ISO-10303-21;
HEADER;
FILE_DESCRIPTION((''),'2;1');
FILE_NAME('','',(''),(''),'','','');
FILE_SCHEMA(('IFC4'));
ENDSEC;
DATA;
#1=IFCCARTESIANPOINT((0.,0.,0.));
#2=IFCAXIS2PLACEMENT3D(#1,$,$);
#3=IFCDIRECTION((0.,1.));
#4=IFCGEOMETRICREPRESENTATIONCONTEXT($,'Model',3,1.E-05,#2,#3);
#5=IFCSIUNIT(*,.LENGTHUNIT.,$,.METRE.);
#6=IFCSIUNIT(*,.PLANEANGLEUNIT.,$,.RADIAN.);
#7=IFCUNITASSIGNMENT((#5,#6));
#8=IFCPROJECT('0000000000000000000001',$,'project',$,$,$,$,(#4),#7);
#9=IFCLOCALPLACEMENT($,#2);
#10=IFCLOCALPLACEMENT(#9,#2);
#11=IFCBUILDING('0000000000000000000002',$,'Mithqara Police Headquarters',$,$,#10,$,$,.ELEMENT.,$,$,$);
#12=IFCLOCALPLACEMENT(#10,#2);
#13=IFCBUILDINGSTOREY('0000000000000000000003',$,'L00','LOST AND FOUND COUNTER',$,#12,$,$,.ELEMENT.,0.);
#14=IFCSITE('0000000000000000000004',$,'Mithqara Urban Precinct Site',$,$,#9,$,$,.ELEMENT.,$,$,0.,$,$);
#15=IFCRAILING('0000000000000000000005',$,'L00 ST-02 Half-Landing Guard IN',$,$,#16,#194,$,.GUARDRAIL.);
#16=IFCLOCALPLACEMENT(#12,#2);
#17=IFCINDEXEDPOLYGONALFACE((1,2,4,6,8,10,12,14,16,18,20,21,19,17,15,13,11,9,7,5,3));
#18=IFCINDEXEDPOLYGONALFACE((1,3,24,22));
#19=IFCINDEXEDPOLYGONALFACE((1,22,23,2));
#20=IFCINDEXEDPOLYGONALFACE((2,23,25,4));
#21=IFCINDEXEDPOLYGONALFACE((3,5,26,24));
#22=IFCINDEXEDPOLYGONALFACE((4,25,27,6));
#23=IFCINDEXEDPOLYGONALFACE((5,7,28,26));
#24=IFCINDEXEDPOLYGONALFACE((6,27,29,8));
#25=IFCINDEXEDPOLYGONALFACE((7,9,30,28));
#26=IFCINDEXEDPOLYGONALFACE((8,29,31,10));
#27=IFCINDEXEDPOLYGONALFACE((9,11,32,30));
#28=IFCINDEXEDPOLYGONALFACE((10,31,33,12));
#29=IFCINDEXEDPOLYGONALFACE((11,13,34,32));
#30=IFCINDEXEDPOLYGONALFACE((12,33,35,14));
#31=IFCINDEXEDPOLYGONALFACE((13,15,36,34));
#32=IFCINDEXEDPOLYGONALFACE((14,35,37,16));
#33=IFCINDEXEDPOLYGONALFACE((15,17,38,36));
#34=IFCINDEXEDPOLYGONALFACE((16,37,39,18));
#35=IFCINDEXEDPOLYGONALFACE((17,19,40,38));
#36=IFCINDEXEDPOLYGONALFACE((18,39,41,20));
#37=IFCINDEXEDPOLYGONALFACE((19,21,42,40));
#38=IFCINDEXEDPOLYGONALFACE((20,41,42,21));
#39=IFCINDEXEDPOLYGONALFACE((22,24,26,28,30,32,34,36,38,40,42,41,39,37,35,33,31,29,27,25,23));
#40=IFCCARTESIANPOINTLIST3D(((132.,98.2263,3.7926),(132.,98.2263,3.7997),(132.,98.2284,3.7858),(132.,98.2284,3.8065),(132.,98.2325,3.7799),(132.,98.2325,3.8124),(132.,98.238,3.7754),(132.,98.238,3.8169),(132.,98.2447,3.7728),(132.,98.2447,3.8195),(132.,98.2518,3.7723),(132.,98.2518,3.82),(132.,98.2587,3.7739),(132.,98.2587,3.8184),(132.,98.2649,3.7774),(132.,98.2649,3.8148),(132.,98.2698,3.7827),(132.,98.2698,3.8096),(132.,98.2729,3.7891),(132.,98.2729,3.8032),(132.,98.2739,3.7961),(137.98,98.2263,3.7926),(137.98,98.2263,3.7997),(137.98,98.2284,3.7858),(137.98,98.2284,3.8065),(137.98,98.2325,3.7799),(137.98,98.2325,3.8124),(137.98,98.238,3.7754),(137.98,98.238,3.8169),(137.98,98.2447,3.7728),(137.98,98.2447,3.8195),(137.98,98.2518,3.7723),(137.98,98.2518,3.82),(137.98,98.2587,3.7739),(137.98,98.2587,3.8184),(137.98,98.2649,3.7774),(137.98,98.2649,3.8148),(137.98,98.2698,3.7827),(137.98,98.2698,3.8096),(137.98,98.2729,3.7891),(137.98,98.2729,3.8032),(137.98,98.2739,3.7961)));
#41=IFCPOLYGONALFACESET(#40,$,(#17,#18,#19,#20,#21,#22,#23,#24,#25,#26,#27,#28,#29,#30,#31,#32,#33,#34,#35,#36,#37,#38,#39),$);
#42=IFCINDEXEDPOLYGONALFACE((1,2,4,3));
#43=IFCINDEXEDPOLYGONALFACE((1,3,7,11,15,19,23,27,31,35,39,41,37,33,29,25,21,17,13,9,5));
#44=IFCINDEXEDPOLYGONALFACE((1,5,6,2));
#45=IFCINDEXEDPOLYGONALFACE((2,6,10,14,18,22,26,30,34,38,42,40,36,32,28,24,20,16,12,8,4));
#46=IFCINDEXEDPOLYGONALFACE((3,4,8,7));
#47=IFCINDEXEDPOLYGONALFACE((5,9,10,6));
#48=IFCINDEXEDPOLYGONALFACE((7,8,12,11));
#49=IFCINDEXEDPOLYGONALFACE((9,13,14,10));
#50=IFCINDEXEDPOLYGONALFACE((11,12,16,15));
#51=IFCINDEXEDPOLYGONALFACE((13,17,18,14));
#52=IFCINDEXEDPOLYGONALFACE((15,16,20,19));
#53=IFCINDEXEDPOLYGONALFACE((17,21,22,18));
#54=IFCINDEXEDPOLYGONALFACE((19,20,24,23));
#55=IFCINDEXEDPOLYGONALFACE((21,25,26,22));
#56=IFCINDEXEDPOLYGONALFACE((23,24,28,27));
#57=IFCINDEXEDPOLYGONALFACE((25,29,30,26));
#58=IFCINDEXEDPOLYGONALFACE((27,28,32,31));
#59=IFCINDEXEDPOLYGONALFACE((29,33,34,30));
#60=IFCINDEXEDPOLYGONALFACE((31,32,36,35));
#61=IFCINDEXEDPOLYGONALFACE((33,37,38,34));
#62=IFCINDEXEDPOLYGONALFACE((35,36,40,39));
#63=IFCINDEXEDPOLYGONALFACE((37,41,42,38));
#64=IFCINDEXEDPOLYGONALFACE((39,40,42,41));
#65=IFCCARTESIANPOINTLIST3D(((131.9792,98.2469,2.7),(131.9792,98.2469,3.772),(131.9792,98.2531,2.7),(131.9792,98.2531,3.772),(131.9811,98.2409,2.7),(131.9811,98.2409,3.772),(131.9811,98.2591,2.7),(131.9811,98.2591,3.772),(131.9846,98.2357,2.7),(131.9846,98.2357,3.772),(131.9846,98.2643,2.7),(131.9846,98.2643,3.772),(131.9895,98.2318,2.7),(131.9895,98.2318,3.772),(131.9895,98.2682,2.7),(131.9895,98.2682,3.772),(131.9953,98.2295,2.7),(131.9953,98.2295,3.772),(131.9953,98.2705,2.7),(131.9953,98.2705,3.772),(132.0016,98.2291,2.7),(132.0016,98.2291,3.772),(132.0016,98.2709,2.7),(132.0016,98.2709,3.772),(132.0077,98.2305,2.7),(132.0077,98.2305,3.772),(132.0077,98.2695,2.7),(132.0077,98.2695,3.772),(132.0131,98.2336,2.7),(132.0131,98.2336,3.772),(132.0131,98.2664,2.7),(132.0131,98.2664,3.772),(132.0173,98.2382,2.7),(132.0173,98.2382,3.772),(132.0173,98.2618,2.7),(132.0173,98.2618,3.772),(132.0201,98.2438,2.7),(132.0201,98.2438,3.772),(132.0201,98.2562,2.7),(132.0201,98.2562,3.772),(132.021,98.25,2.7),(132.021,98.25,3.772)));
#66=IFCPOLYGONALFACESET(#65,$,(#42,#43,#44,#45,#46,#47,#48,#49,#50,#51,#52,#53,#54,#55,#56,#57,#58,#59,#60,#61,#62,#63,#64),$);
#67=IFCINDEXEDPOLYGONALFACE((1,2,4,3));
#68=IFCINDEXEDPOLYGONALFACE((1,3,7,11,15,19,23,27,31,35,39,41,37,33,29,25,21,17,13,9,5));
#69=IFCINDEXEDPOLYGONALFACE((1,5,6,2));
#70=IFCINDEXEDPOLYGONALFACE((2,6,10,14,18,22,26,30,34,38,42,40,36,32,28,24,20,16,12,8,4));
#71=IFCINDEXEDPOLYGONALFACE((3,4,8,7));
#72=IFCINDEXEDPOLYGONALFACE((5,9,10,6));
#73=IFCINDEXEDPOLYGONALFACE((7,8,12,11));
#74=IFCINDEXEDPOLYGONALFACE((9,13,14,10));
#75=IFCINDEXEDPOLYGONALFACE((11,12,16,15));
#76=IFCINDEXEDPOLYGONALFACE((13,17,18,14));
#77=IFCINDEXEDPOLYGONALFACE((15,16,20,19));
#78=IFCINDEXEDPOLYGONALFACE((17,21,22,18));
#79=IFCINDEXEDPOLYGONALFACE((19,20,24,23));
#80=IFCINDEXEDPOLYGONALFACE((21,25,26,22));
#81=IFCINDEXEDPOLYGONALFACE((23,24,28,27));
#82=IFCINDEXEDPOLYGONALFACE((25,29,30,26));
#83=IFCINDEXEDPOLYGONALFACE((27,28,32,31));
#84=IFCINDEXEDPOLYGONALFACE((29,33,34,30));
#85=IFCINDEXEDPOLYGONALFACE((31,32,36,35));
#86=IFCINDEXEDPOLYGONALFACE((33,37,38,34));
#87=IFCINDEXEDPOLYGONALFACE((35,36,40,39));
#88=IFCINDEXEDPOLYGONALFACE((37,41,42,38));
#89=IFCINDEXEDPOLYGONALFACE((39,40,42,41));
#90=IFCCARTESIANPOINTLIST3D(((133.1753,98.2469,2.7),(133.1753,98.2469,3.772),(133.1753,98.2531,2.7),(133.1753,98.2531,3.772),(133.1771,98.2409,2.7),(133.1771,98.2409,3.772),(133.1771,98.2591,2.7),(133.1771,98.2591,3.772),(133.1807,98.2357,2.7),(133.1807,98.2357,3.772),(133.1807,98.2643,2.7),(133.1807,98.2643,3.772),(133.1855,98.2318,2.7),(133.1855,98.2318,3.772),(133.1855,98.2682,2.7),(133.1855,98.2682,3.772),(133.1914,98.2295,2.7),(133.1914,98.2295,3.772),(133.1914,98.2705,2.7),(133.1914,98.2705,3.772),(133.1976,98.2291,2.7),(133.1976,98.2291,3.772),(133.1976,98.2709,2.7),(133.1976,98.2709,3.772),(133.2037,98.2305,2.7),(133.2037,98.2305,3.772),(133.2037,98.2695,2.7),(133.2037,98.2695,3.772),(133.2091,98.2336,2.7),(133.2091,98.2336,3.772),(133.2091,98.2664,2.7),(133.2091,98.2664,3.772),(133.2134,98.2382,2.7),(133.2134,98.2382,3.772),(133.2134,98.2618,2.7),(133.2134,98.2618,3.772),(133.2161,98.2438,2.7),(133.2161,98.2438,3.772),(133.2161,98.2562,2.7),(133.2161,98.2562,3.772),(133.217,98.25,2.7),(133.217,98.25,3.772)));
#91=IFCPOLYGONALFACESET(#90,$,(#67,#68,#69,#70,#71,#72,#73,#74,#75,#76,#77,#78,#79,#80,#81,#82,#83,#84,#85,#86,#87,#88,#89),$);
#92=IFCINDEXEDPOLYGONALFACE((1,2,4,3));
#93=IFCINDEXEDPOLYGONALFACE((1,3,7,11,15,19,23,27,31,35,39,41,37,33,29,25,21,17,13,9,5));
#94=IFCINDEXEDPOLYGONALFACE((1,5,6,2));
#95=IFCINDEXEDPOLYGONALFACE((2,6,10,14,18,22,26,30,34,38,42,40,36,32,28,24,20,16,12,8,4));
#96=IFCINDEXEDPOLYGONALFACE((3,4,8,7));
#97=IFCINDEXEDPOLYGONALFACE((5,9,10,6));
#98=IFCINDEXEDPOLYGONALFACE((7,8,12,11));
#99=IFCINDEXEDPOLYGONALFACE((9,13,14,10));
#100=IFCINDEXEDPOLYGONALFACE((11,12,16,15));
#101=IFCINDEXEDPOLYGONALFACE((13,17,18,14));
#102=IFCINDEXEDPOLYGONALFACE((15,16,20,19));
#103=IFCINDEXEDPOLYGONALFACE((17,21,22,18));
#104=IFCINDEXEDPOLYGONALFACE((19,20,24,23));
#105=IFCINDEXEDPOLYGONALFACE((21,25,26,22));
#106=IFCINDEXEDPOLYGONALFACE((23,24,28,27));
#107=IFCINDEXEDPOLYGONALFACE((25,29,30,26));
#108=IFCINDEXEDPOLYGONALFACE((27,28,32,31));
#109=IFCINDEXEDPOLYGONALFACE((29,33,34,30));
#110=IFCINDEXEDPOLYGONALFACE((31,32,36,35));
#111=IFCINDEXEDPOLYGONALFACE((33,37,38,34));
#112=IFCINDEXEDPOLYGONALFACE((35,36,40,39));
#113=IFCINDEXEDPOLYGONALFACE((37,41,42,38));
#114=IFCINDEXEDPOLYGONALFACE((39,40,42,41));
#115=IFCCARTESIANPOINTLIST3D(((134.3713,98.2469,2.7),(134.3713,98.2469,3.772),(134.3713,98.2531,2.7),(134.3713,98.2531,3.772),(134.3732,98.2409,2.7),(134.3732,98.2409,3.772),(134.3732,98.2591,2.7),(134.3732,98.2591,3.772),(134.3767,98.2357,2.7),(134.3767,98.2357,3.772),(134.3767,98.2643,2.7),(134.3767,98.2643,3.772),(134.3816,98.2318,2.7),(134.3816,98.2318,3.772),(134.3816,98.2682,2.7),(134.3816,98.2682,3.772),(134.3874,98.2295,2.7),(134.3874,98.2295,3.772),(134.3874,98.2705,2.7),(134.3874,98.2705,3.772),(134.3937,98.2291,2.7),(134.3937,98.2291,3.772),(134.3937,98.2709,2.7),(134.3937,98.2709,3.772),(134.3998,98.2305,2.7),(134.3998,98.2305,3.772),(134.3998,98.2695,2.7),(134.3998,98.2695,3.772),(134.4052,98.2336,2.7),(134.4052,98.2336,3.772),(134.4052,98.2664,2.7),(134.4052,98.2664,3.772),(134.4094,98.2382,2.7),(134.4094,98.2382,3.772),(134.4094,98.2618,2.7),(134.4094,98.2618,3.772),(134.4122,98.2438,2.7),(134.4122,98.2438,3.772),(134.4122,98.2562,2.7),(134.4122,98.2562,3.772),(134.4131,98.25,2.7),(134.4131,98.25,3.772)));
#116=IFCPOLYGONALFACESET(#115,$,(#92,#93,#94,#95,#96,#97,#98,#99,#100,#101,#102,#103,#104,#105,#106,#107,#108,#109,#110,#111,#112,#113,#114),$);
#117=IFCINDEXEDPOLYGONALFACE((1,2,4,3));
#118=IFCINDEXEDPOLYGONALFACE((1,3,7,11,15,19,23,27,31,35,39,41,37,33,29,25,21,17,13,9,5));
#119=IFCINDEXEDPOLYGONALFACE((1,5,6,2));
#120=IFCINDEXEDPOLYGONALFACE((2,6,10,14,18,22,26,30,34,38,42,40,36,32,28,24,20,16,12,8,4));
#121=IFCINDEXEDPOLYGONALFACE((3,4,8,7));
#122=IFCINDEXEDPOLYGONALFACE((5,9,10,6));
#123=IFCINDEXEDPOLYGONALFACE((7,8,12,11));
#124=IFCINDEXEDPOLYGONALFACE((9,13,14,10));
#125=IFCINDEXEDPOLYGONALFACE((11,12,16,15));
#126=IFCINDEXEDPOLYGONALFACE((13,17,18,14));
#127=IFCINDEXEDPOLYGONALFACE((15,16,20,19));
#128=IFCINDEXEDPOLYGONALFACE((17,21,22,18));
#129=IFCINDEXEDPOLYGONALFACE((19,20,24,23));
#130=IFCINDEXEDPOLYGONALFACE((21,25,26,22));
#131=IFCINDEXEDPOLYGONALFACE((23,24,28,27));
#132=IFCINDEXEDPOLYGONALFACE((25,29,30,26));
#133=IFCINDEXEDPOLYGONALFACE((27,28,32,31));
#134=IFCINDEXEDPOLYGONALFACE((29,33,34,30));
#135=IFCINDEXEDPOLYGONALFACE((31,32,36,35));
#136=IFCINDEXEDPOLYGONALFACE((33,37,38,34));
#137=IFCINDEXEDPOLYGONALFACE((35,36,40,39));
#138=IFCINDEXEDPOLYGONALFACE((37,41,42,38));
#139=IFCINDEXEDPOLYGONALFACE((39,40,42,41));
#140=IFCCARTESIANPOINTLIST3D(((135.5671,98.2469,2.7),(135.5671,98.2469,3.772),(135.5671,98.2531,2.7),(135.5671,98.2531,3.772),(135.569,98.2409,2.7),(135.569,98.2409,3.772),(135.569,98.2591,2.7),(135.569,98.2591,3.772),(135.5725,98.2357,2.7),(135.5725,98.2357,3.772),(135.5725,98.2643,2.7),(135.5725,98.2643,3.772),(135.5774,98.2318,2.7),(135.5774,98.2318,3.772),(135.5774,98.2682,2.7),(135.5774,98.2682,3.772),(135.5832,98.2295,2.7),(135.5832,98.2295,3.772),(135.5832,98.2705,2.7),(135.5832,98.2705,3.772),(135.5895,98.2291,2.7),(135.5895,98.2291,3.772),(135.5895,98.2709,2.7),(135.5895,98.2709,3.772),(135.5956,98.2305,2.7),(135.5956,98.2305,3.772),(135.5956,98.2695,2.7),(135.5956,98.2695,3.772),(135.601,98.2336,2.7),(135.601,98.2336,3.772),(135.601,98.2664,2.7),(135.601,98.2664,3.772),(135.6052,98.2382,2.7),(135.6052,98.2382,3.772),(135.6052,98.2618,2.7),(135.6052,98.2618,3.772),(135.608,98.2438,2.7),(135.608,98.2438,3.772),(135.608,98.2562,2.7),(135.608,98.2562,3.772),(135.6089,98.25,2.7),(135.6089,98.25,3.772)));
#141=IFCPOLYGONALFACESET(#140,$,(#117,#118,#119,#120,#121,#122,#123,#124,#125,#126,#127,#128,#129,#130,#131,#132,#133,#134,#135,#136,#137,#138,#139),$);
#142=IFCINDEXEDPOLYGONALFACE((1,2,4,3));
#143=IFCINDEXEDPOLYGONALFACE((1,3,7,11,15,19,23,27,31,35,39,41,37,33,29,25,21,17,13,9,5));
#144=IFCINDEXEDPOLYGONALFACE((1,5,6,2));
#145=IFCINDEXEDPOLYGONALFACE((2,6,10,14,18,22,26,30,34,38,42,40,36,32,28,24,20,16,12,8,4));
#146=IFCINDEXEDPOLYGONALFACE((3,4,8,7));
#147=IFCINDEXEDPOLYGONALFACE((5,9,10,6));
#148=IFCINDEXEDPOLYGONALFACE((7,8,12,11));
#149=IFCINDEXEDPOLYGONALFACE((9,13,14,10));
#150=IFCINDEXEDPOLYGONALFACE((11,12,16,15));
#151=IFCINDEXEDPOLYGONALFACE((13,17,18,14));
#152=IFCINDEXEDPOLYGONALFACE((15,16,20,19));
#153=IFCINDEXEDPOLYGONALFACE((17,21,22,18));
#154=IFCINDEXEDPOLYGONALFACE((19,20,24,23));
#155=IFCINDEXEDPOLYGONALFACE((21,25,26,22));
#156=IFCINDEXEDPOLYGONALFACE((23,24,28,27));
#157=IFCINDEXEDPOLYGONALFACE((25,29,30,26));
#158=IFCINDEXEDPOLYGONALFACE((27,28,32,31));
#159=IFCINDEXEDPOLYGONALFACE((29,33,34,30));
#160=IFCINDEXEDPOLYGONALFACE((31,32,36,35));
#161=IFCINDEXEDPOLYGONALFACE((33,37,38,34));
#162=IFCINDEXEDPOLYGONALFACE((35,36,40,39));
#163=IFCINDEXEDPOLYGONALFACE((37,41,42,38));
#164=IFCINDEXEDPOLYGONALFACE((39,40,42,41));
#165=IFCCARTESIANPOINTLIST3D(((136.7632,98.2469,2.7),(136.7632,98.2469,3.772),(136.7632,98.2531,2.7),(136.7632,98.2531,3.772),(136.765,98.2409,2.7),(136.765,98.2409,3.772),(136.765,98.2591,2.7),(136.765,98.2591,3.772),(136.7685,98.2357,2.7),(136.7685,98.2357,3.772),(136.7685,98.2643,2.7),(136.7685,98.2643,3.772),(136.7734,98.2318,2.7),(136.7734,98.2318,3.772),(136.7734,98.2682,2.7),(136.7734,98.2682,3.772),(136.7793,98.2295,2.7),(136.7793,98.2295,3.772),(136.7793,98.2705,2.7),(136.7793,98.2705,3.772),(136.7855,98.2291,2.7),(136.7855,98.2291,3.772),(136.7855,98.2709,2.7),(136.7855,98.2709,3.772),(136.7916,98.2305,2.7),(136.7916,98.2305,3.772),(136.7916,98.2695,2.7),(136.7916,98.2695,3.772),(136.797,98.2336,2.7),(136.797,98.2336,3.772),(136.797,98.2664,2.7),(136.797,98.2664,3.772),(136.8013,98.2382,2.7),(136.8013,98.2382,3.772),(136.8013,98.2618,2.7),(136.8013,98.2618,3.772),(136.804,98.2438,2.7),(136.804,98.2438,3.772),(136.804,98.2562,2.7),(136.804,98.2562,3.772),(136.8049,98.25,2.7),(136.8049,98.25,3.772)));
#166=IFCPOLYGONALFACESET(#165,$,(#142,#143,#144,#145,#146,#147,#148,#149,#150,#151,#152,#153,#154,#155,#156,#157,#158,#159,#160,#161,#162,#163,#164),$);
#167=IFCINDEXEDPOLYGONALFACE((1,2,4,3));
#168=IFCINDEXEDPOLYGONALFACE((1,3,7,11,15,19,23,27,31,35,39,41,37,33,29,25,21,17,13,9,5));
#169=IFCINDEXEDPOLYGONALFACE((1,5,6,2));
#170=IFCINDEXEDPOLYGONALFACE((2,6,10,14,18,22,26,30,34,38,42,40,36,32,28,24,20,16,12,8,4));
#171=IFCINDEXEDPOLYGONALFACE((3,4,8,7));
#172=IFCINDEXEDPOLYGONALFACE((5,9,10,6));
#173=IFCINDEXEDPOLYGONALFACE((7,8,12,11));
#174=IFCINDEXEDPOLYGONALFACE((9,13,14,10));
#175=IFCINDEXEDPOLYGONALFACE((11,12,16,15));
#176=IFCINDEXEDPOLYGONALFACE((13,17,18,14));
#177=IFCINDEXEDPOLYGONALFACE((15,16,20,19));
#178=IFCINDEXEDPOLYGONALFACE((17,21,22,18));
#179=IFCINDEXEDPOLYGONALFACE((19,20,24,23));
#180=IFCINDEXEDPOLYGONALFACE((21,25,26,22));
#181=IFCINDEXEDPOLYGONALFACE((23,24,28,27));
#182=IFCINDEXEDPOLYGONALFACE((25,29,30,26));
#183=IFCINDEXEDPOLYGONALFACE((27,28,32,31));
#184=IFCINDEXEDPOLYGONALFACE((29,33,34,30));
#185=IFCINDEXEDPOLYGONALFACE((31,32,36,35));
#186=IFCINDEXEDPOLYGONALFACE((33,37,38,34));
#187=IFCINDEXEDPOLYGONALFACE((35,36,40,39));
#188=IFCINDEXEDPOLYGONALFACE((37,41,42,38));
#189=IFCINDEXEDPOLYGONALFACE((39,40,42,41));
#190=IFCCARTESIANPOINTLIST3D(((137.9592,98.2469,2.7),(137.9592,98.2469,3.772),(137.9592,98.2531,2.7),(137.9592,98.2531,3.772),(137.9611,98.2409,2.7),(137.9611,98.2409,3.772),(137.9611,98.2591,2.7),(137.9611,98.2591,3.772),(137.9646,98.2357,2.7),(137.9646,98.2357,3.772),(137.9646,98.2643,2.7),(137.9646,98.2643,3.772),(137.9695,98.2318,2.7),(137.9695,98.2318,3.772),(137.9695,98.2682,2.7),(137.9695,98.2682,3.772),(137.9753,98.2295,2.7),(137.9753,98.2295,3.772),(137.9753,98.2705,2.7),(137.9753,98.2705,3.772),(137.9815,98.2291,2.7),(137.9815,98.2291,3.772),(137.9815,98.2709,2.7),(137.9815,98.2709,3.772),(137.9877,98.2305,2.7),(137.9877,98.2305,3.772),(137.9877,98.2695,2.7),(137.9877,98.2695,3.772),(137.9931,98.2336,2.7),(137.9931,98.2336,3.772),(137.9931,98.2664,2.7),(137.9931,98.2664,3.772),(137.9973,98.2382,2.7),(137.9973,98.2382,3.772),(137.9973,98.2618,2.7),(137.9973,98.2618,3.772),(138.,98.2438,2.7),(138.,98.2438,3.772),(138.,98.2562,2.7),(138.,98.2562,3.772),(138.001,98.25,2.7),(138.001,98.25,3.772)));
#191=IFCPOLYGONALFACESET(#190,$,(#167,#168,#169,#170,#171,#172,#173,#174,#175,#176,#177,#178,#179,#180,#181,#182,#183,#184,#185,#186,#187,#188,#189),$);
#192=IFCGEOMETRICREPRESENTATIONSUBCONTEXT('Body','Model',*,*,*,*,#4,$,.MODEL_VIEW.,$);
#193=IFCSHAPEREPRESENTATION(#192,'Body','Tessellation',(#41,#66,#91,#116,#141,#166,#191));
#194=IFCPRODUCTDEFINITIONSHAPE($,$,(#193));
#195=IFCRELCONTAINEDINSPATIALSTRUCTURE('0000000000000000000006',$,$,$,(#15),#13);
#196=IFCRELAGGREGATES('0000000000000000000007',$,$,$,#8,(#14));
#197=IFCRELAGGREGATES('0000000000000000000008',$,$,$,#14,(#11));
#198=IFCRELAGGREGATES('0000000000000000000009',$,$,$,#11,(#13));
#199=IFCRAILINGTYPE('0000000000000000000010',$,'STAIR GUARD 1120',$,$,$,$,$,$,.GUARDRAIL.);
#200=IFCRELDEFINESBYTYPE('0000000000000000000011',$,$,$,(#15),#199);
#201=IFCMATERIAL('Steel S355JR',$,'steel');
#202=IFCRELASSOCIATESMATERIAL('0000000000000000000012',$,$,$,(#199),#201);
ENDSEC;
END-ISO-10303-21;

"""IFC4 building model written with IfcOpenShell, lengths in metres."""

from ifc_helpers import new_model, si_unit, direction, frame, origin, origin_2d, place, context, subcontext, project, spatial, circle, extrude, material, type_object, element, save


model = new_model("IFC4")

# Units and contexts
model_context = context("Model", 3, precision=1e-05, world=origin(), true_north=direction((0.0, 1.0)))
body_context = subcontext(model_context, "Body", "Model", "MODEL_VIEW")
ifc_project = project(units=[si_unit("LENGTHUNIT", "METRE"), si_unit("PLANEANGLEUNIT", "RADIAN")], contexts=[model_context])

# Site, building, storey
site_placement = place(None, origin())
site = spatial("IfcSite", under=ifc_project, at=site_placement, Name="Mithqara Urban Precinct Site", CompositionType="ELEMENT", RefElevation=0.0)
building_placement = place(site_placement, origin())
building = spatial("IfcBuilding", under=site, at=building_placement, Name="Mithqara Police Headquarters", CompositionType="ELEMENT")
storey_placement = place(building_placement, origin())
storey = spatial("IfcBuildingStorey", under=building, at=storey_placement, Name="L00", Description="LOST AND FOUND COUNTER", CompositionType="ELEMENT", Elevation=0.0)

# Shared definitions
ifc_material_1 = material(Name="Steel S355JR", Category="steel")

# Railing
railing_type = type_object("IfcRailingType", Name="STAIR GUARD 1120", PredefinedType="GUARDRAIL", material=ifc_material_1)
for number, where, name in (
    (1, (132.0, 98.25, 2.7), "L00 ST-02 Half-Landing Guard IN"),
):
    element("IfcRailing", number, at=place(storey_placement, frame(where)), inside=storey, type_object=railing_type, Name=name, PredefinedType="GUARDRAIL", context=body_context, shape_type="SweptSolid", body=[
        extrude(circle(Radius=0.0239, at=origin_2d()), frame((0.0, 0.0, 1.0962), z_axis=(1.0, 0.0, 0.0), x_axis=(0.0, 1.0, 0.0)), (0.0, 0.0, 1.0), 5.98),
        extrude(circle(Radius=0.021, at=origin_2d()), origin(), (0.0, 0.0, 1.0), 1.072),
        extrude(circle(Radius=0.021, at=origin_2d()), frame((1.196, 0.0, 0.0)), (0.0, 0.0, 1.0), 1.072),
        extrude(circle(Radius=0.021, at=origin_2d()), frame((2.3921, 0.0, 0.0)), (0.0, 0.0, 1.0), 1.072),
        extrude(circle(Radius=0.021, at=origin_2d()), frame((3.5879, 0.0, 0.0)), (0.0, 0.0, 1.0), 1.072),
        extrude(circle(Radius=0.021, at=origin_2d()), frame((4.7839, 0.0, 0.0)), (0.0, 0.0, 1.0), 1.072),
        extrude(circle(Radius=0.021, at=origin_2d()), frame((5.98, 0.0, 0.0)), (0.0, 0.0, 1.0), 1.072),
    ])

save(model, "model.ifc")
